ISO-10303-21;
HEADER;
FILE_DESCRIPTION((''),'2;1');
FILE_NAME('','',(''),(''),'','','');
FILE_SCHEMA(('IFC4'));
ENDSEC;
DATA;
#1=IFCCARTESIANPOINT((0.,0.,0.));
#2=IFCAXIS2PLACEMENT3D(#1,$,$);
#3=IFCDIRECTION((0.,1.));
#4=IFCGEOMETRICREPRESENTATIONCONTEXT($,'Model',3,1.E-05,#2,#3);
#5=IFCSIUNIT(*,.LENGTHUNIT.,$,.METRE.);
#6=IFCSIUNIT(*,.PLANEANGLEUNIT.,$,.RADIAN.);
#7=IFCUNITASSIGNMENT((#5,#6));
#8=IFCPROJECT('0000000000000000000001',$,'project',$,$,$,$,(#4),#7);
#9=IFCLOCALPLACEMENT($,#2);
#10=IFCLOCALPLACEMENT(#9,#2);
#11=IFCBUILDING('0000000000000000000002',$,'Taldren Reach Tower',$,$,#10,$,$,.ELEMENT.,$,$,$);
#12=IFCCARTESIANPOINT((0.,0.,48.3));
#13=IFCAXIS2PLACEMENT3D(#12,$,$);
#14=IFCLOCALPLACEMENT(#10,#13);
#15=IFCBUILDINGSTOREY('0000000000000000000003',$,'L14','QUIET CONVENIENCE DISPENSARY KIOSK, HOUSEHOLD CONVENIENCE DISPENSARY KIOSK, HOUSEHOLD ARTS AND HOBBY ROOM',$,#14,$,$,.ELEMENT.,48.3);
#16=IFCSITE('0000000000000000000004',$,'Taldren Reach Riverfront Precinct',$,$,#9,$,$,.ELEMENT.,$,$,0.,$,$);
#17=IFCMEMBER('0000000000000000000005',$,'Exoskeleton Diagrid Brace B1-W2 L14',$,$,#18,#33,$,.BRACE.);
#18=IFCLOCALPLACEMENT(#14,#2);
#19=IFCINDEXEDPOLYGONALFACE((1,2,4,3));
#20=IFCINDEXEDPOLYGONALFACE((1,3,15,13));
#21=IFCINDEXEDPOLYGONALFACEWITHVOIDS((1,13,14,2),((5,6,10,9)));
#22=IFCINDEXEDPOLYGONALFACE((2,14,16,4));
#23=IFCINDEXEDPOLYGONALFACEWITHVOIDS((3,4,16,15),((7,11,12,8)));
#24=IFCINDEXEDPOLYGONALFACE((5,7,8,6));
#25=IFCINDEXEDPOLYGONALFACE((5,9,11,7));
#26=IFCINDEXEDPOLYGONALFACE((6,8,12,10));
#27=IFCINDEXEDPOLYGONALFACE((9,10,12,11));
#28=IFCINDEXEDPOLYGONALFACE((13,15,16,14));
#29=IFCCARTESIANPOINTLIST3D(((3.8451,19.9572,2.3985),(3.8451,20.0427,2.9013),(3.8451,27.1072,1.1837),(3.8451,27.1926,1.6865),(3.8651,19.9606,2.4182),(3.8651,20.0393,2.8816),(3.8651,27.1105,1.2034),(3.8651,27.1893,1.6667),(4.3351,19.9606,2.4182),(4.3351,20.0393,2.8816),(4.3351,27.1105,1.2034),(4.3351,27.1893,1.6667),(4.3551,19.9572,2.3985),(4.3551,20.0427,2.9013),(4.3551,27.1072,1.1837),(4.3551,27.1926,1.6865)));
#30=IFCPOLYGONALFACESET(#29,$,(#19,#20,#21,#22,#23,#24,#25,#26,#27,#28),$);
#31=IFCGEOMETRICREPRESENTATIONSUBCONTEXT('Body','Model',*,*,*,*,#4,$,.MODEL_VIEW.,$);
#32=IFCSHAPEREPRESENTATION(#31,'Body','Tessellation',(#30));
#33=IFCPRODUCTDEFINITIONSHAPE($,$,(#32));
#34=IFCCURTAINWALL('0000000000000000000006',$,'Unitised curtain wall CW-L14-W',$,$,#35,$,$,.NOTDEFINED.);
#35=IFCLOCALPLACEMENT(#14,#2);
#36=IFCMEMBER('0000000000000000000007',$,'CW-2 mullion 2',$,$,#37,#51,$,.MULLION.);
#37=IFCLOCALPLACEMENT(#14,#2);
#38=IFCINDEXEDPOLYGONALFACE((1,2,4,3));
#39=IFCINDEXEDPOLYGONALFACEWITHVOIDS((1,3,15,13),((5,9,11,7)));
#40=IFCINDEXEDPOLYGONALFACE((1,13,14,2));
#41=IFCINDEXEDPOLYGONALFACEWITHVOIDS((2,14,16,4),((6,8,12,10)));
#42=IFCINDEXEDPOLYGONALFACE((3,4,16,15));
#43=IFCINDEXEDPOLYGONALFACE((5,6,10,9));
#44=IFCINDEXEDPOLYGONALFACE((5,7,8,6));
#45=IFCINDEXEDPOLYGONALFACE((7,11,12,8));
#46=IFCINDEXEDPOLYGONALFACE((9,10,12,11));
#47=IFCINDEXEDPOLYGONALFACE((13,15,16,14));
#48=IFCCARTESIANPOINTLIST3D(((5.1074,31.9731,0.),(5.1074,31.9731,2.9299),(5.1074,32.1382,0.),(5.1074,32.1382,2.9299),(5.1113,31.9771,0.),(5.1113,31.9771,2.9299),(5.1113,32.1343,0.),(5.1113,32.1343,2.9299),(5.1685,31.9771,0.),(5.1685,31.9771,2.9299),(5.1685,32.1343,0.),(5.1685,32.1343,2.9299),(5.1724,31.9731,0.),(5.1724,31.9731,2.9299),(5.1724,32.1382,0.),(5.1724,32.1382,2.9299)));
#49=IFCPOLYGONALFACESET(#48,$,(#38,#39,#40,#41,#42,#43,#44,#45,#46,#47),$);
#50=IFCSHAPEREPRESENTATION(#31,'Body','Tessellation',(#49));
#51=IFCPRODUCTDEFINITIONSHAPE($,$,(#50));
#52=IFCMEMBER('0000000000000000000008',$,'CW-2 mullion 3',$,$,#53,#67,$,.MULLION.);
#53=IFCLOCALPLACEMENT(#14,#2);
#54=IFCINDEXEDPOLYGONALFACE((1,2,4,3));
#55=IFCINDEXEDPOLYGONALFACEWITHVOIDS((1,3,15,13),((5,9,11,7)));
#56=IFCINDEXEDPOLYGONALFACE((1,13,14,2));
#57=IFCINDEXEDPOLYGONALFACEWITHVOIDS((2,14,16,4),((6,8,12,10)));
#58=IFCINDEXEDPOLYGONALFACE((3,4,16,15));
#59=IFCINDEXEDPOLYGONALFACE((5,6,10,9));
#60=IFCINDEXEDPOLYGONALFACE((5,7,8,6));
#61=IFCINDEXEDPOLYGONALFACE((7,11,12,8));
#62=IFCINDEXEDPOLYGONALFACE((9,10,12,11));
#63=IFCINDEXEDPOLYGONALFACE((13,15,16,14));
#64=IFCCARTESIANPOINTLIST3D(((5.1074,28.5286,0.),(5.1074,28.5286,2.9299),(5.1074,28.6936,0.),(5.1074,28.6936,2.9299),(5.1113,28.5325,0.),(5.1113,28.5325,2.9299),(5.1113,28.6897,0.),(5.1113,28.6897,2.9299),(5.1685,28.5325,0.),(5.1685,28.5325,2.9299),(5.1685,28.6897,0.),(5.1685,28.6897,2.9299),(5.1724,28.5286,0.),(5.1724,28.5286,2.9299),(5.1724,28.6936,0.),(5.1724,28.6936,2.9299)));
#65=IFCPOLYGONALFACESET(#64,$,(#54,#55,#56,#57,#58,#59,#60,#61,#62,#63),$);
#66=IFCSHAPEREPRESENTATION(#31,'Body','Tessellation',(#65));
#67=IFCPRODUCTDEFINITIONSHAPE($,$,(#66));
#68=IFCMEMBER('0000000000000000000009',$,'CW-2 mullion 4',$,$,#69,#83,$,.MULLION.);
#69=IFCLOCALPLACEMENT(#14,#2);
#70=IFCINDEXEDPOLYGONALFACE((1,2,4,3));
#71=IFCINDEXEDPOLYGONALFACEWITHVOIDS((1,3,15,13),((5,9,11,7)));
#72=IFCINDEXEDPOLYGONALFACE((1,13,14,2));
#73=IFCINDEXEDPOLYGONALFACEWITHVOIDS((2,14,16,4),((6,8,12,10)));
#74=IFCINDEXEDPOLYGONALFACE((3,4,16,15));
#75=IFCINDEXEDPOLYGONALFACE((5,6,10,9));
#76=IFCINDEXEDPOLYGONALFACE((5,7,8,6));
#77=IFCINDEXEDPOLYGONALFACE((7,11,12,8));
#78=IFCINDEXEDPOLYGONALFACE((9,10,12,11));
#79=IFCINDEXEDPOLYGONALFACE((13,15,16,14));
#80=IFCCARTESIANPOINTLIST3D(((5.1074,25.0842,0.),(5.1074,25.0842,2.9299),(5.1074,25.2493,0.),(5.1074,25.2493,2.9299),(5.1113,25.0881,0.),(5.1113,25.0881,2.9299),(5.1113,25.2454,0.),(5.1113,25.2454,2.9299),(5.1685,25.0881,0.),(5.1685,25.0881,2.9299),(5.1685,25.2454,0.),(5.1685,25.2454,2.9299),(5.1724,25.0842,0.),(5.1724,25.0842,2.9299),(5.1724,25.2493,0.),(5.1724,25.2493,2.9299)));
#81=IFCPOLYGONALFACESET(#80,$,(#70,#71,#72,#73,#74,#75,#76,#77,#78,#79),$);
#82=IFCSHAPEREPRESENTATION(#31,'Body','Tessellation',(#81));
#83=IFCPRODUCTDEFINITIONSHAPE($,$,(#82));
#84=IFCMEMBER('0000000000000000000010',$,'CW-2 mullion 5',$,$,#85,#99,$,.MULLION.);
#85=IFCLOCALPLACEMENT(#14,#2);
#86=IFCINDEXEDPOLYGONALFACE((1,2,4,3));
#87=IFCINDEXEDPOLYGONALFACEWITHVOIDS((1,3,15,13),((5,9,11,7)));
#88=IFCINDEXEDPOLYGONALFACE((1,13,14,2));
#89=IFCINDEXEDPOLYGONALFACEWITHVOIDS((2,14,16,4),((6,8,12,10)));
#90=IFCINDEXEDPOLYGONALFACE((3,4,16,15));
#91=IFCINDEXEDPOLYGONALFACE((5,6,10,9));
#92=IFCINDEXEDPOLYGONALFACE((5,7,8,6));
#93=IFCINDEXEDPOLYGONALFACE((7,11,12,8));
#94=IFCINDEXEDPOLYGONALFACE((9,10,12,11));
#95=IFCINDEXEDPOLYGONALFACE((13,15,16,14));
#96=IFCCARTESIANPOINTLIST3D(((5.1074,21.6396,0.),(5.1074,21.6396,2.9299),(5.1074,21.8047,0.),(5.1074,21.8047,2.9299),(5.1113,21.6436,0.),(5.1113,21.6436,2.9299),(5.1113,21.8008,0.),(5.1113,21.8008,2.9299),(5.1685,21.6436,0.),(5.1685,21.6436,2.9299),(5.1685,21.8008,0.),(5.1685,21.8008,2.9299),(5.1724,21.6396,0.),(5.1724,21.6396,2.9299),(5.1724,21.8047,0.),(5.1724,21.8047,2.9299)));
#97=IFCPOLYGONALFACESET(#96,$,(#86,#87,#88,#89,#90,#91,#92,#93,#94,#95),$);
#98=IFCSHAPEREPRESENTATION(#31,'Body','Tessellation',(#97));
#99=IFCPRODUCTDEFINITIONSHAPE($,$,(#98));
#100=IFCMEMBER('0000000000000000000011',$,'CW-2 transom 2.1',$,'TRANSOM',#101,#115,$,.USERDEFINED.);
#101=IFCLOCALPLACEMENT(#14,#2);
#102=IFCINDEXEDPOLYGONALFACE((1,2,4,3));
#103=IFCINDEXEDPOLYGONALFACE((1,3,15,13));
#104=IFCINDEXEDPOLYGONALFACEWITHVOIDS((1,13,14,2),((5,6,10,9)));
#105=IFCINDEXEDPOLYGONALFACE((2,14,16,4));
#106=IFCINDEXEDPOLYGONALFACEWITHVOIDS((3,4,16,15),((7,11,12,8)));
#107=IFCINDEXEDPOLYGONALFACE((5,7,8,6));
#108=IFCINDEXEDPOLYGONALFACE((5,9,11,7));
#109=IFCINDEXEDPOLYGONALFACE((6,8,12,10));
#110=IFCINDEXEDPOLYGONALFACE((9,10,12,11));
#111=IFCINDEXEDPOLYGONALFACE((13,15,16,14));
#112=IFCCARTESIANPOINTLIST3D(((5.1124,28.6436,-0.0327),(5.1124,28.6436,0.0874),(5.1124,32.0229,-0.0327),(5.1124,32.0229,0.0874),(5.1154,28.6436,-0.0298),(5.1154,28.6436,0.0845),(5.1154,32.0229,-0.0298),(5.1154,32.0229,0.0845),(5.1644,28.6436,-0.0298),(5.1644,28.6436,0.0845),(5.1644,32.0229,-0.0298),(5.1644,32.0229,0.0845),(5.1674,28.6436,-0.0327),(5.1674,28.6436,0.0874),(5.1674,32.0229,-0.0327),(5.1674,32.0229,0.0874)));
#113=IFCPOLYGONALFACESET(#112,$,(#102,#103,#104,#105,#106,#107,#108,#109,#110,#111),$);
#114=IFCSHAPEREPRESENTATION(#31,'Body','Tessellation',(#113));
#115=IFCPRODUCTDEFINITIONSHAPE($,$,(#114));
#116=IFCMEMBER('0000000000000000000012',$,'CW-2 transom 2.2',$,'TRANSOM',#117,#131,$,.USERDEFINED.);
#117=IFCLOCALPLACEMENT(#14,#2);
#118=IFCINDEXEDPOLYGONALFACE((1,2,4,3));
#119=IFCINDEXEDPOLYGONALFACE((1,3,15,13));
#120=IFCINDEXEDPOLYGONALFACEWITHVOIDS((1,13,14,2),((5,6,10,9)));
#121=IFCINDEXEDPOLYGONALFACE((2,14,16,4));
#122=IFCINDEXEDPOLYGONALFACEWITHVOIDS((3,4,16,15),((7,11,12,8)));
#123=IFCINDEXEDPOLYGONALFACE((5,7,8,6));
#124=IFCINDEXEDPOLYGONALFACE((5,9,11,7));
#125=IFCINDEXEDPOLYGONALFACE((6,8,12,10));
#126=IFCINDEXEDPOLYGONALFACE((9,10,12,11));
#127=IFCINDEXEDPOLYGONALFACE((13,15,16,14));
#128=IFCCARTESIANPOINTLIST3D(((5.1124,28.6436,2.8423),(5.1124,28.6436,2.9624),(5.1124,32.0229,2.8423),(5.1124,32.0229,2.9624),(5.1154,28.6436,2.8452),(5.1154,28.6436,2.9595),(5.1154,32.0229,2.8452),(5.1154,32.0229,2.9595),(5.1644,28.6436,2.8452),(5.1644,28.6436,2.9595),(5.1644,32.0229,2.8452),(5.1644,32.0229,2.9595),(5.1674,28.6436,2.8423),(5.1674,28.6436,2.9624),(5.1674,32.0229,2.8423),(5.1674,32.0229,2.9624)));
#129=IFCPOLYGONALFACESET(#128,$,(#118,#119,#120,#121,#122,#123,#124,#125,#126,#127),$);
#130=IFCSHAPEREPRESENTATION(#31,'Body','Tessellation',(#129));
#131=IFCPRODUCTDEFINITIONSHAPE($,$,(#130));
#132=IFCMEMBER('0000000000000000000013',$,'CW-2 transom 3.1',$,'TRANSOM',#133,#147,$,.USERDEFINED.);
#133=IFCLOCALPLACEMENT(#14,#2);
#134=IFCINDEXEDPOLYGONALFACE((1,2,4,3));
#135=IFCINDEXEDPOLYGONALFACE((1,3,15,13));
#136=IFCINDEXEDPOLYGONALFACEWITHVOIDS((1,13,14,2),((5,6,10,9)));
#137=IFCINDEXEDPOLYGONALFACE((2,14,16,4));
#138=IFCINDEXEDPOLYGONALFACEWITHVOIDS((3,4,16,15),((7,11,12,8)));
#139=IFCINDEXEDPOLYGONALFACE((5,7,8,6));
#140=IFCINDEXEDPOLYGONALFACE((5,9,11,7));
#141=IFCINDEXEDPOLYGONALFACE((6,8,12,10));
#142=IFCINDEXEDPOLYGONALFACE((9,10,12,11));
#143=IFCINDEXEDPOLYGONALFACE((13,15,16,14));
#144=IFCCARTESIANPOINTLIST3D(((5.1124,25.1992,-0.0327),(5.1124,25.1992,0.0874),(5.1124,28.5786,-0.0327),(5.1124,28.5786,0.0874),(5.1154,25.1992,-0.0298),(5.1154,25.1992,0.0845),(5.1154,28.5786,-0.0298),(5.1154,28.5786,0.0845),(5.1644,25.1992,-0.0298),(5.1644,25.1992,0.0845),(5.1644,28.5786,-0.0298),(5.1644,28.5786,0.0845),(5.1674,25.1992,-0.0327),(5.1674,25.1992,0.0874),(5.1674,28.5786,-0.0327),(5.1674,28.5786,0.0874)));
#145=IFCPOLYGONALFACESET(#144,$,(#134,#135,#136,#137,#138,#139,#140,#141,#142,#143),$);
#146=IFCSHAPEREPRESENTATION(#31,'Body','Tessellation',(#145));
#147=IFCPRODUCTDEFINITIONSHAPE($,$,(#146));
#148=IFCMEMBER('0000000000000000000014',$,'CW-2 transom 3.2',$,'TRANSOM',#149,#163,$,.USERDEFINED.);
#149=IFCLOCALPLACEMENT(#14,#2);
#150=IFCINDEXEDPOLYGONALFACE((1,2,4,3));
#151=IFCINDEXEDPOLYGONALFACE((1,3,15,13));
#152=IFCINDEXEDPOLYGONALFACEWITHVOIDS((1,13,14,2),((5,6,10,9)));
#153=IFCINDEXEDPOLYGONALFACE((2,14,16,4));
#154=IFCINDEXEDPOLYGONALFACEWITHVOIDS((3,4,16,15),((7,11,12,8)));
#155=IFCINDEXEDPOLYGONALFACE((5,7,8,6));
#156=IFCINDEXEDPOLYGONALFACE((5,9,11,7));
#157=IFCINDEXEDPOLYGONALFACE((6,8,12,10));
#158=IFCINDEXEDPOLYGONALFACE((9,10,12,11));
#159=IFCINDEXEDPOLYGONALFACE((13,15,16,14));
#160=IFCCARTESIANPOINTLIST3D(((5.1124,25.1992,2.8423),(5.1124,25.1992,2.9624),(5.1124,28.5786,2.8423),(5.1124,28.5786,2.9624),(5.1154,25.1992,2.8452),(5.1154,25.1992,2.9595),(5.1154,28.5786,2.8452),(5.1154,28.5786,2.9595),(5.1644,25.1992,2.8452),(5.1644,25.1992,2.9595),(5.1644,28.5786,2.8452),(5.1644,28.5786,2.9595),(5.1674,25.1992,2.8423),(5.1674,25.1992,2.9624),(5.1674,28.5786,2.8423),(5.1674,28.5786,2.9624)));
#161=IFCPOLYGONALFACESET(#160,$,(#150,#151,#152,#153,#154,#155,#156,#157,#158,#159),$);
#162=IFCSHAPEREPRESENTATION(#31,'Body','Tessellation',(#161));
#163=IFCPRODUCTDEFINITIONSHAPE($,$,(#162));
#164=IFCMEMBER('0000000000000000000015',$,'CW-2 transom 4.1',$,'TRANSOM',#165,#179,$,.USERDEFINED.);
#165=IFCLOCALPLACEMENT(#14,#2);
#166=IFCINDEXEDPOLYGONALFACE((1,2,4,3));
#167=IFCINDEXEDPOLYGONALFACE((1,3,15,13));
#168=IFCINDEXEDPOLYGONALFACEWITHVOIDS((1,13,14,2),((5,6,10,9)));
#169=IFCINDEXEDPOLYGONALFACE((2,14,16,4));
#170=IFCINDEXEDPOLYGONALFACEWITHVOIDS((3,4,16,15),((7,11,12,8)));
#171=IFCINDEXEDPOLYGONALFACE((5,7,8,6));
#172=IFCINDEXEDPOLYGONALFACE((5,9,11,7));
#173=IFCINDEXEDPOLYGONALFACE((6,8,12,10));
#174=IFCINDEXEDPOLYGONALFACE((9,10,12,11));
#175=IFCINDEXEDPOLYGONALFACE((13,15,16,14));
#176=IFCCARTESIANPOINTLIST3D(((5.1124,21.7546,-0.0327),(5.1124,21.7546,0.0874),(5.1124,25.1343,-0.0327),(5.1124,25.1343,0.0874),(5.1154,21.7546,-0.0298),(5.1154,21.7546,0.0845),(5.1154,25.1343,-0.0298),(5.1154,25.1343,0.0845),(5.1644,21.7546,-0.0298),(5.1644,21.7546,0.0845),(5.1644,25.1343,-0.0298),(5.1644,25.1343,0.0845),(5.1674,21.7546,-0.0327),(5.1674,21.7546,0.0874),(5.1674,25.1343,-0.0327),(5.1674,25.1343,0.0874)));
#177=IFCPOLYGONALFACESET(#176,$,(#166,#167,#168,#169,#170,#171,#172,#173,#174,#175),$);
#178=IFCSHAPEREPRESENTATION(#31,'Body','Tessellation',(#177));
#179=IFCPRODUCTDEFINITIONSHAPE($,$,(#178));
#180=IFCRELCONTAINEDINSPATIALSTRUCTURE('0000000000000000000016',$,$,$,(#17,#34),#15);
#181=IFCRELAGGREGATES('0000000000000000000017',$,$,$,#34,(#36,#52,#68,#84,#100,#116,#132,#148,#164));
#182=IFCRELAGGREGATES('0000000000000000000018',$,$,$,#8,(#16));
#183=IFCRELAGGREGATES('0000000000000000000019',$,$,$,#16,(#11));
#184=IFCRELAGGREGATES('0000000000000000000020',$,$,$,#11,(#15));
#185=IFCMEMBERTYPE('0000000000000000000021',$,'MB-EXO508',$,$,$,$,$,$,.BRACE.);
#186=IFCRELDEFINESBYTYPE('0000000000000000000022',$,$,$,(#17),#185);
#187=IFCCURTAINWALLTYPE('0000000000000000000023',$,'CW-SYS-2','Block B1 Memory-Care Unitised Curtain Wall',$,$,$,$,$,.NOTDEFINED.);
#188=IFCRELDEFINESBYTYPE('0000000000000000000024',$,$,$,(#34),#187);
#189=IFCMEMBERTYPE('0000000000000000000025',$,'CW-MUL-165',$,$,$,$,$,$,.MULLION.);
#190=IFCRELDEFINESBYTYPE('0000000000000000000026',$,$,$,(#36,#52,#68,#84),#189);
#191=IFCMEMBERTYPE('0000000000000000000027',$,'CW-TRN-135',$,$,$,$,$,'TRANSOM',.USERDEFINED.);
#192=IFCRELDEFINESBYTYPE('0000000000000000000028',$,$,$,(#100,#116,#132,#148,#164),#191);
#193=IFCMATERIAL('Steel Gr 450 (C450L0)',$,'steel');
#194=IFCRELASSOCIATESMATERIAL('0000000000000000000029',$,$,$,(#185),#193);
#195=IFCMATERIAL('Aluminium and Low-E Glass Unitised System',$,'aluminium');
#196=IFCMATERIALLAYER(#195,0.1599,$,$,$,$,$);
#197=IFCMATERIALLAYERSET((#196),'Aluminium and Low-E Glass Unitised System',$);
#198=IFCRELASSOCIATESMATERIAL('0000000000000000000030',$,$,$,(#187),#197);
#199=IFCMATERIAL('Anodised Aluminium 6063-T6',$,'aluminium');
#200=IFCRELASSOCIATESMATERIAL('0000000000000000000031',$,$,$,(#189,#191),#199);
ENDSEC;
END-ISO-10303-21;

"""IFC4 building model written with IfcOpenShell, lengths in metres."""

from ifc_helpers import new_model, si_unit, direction, frame, origin, origin_2d, place, context, subcontext, project, spatial, hollow_rectangle, extrude, source, transform, mapped, material, layer, layer_set, material_profile, profile_set, type_object, element, aggregate, save


model = new_model("IFC4")

# Units and contexts
model_context = context("Model", 3, precision=1e-05, world=origin(), true_north=direction((0.0, 1.0)))
body_context = subcontext(model_context, "Body", "Model", "MODEL_VIEW")
ifc_project = project(units=[si_unit("LENGTHUNIT", "METRE"), si_unit("PLANEANGLEUNIT", "RADIAN")], contexts=[model_context])

# Site, building, storey
site_placement = place(None, origin())
site = spatial("IfcSite", under=ifc_project, at=site_placement, Name="Taldren Reach Riverfront Precinct", CompositionType="ELEMENT", RefElevation=0.0)
building_placement = place(site_placement, origin())
building = spatial("IfcBuilding", under=site, at=building_placement, Name="Taldren Reach Tower", CompositionType="ELEMENT")
storey_placement = place(building_placement, frame((0.0, 0.0, 48.3)))
storey = spatial("IfcBuildingStorey", under=building, at=storey_placement, Name="L14", Description="QUIET CONVENIENCE DISPENSARY KIOSK, HOUSEHOLD CONVENIENCE DISPENSARY KIOSK, HOUSEHOLD ARTS AND HOBBY ROOM", CompositionType="ELEMENT", Elevation=48.3)

# Member
ifc_material_1 = material(Name="Steel Gr 450 (C450L0)", Category="steel")
ifc_material_profile_1 = material_profile(ifc_material_1, hollow_rectangle(XDim=0.51, YDim=0.51, WallThickness=0.02, at=origin_2d()), Name="510x510x20.0SHS")
ifc_profile_set_1 = profile_set([ifc_material_profile_1], Name="Steel Gr 450 (C450L0)")
member_type_1 = type_object("IfcMemberType", Name="MB-EXO508", PredefinedType="BRACE", material=ifc_profile_set_1)
shared_shape_1 = source(origin(), body_context, "Body", "SweptSolid", [
    extrude(hollow_rectangle(XDim=0.51, YDim=0.51, WallThickness=0.02, at=origin_2d()), origin(), (0.0, 0.0, 1.0), 7.2524),
])
member_1_placement = place(storey_placement, frame((4.1001, 27.1499, 1.4351), z_axis=(0.0, -0.98587, 0.16751), x_axis=(1.0, 0.0, 0.0)))
element("IfcMember", 1, at=member_1_placement, inside=storey, type_object=member_type_1, Name="Exoskeleton Diagrid Brace B1-W2 L14", PredefinedType="BRACE", context=body_context, shape_type="MappedRepresentation", body=[
    mapped(shared_shape_1, transform((0.0, 0.0, 0.0), scale=1.0)),
])

# Curtain wall, members
ifc_material_2 = material(Name="Aluminium and Low-E Glass Unitised System", Category="aluminium")
ifc_layer_1 = layer(ifc_material_2, 0.1599)
ifc_layer_set_1 = layer_set([ifc_layer_1], Name="Aluminium and Low-E Glass Unitised System")
curtain_wall_type = type_object("IfcCurtainWallType", Name="CW-SYS-2", Description="Block B1 Memory-Care Unitised Curtain Wall", PredefinedType="NOTDEFINED", material=ifc_layer_set_1)
curtain_wall_placement = place(storey_placement, origin())
curtain_wall = element("IfcCurtainWall", 2, at=curtain_wall_placement, inside=storey, type_object=curtain_wall_type, Name="Unitised curtain wall CW-L14-W", PredefinedType="NOTDEFINED")
ifc_material_3 = material(Name="Anodised Aluminium 6063-T6", Category="aluminium")
ifc_material_profile_2 = material_profile(ifc_material_3, hollow_rectangle(XDim=0.0649, YDim=0.165, WallThickness=0.0039, at=origin_2d()), Name="ALU-165x65x4RHS")
ifc_profile_set_2 = profile_set([ifc_material_profile_2], Name="Anodised Aluminium 6063-T6")
member_type_2 = type_object("IfcMemberType", Name="CW-MUL-165", PredefinedType="MULLION", material=ifc_profile_set_2)
shared_shape_2 = source(origin(), body_context, "Body", "SweptSolid", [
    extrude(hollow_rectangle(XDim=0.0649, YDim=0.165, WallThickness=0.0039, at=origin_2d()), origin(), (0.0, 0.0, 1.0), 2.9299),
])
member_2_placement = place(storey_placement, frame((5.1399, 32.0557, 0.0), z_axis=(0.0, 0.0, 1.0), x_axis=(1.0, 0.0, 0.0)))
member_2 = element("IfcMember", 3, at=member_2_placement, type_object=member_type_2, Name="CW-2 mullion 2", PredefinedType="MULLION", context=body_context, shape_type="MappedRepresentation", body=[
    mapped(shared_shape_2, transform((0.0, 0.0, 0.0), scale=1.0)),
])
member_3_placement = place(storey_placement, frame((5.1399, 28.6111, 0.0), z_axis=(0.0, 0.0, 1.0), x_axis=(1.0, 0.0, 0.0)))
member_3 = element("IfcMember", 4, at=member_3_placement, type_object=member_type_2, Name="CW-2 mullion 3", PredefinedType="MULLION", context=body_context, shape_type="MappedRepresentation", body=[
    mapped(shared_shape_2, transform((0.0, 0.0, 0.0), scale=1.0)),
])
member_4_placement = place(storey_placement, frame((5.1399, 25.1667, 0.0), z_axis=(0.0, 0.0, 1.0), x_axis=(1.0, 0.0, 0.0)))
member_4 = element("IfcMember", 5, at=member_4_placement, type_object=member_type_2, Name="CW-2 mullion 4", PredefinedType="MULLION", context=body_context, shape_type="MappedRepresentation", body=[
    mapped(shared_shape_2, transform((0.0, 0.0, 0.0), scale=1.0)),
])
member_5_placement = place(storey_placement, frame((5.1399, 21.7222, 0.0), z_axis=(0.0, 0.0, 1.0), x_axis=(1.0, 0.0, 0.0)))
member_5 = element("IfcMember", 6, at=member_5_placement, type_object=member_type_2, Name="CW-2 mullion 5", PredefinedType="MULLION", context=body_context, shape_type="MappedRepresentation", body=[
    mapped(shared_shape_2, transform((0.0, 0.0, 0.0), scale=1.0)),
])
ifc_material_profile_3 = material_profile(ifc_material_3, hollow_rectangle(XDim=0.0549, YDim=0.1201, WallThickness=0.0029, at=origin_2d()), Name="ALU-120x55x3RHS")
ifc_profile_set_3 = profile_set([ifc_material_profile_3], Name="Anodised Aluminium 6063-T6")
member_type_3 = type_object("IfcMemberType", Name="CW-TRN-135", ElementType="TRANSOM", PredefinedType="USERDEFINED", material=ifc_profile_set_3)
shared_shape_3 = source(origin(), body_context, "Body", "SweptSolid", [
    extrude(hollow_rectangle(XDim=0.0549, YDim=0.1201, WallThickness=0.0029, at=origin_2d()), origin(), (0.0, 0.0, 1.0), 3.3794),
])
member_6_placement = place(storey_placement, frame((5.1399, 32.0229, 0.0273), z_axis=(0.0, -1.0, 0.0), x_axis=(1.0, 0.0, 0.0)))
member_6 = element("IfcMember", 7, at=member_6_placement, type_object=member_type_3, Name="CW-2 transom 2.1", ObjectType="TRANSOM", PredefinedType="USERDEFINED", context=body_context, shape_type="MappedRepresentation", body=[
    mapped(shared_shape_3, transform((0.0, 0.0, 0.0), scale=1.0)),
])
member_7_placement = place(storey_placement, frame((5.1399, 32.0229, 2.9023), z_axis=(0.0, -1.0, 0.0), x_axis=(1.0, 0.0, 0.0)))
member_7 = element("IfcMember", 8, at=member_7_placement, type_object=member_type_3, Name="CW-2 transom 2.2", ObjectType="TRANSOM", PredefinedType="USERDEFINED", context=body_context, shape_type="MappedRepresentation", body=[
    mapped(shared_shape_3, transform((0.0, 0.0, 0.0), scale=1.0)),
])
member_8_placement = place(storey_placement, frame((5.1399, 28.5786, 0.0273), z_axis=(0.0, -1.0, 0.0), x_axis=(1.0, 0.0, 0.0)))
member_8 = element("IfcMember", 9, at=member_8_placement, type_object=member_type_3, Name="CW-2 transom 3.1", ObjectType="TRANSOM", PredefinedType="USERDEFINED", context=body_context, shape_type="MappedRepresentation", body=[
    mapped(shared_shape_3, transform((0.0, 0.0, 0.0), scale=1.0)),
])
member_9_placement = place(storey_placement, frame((5.1399, 28.5786, 2.9023), z_axis=(0.0, -1.0, 0.0), x_axis=(1.0, 0.0, 0.0)))
member_9 = element("IfcMember", 10, at=member_9_placement, type_object=member_type_3, Name="CW-2 transom 3.2", ObjectType="TRANSOM", PredefinedType="USERDEFINED", context=body_context, shape_type="MappedRepresentation", body=[
    mapped(shared_shape_3, transform((0.0, 0.0, 0.0), scale=1.0)),
])
shared_shape_4 = source(origin(), body_context, "Body", "SweptSolid", [
    extrude(hollow_rectangle(XDim=0.0549, YDim=0.1201, WallThickness=0.0029, at=origin_2d()), origin(), (0.0, 0.0, 1.0), 3.3796),
])
member_10_placement = place(storey_placement, frame((5.1399, 25.1343, 0.0273), z_axis=(0.0, -1.0, 0.0), x_axis=(1.0, 0.0, 0.0)))
member_10 = element("IfcMember", 11, at=member_10_placement, type_object=member_type_3, Name="CW-2 transom 4.1", ObjectType="TRANSOM", PredefinedType="USERDEFINED", context=body_context, shape_type="MappedRepresentation", body=[
    mapped(shared_shape_4, transform((0.0, 0.0, 0.0), scale=1.0)),
])
aggregate(curtain_wall, [member_2, member_3, member_4, member_5, member_6, member_7, member_8, member_9, member_10])

save(model, "model.ifc")
